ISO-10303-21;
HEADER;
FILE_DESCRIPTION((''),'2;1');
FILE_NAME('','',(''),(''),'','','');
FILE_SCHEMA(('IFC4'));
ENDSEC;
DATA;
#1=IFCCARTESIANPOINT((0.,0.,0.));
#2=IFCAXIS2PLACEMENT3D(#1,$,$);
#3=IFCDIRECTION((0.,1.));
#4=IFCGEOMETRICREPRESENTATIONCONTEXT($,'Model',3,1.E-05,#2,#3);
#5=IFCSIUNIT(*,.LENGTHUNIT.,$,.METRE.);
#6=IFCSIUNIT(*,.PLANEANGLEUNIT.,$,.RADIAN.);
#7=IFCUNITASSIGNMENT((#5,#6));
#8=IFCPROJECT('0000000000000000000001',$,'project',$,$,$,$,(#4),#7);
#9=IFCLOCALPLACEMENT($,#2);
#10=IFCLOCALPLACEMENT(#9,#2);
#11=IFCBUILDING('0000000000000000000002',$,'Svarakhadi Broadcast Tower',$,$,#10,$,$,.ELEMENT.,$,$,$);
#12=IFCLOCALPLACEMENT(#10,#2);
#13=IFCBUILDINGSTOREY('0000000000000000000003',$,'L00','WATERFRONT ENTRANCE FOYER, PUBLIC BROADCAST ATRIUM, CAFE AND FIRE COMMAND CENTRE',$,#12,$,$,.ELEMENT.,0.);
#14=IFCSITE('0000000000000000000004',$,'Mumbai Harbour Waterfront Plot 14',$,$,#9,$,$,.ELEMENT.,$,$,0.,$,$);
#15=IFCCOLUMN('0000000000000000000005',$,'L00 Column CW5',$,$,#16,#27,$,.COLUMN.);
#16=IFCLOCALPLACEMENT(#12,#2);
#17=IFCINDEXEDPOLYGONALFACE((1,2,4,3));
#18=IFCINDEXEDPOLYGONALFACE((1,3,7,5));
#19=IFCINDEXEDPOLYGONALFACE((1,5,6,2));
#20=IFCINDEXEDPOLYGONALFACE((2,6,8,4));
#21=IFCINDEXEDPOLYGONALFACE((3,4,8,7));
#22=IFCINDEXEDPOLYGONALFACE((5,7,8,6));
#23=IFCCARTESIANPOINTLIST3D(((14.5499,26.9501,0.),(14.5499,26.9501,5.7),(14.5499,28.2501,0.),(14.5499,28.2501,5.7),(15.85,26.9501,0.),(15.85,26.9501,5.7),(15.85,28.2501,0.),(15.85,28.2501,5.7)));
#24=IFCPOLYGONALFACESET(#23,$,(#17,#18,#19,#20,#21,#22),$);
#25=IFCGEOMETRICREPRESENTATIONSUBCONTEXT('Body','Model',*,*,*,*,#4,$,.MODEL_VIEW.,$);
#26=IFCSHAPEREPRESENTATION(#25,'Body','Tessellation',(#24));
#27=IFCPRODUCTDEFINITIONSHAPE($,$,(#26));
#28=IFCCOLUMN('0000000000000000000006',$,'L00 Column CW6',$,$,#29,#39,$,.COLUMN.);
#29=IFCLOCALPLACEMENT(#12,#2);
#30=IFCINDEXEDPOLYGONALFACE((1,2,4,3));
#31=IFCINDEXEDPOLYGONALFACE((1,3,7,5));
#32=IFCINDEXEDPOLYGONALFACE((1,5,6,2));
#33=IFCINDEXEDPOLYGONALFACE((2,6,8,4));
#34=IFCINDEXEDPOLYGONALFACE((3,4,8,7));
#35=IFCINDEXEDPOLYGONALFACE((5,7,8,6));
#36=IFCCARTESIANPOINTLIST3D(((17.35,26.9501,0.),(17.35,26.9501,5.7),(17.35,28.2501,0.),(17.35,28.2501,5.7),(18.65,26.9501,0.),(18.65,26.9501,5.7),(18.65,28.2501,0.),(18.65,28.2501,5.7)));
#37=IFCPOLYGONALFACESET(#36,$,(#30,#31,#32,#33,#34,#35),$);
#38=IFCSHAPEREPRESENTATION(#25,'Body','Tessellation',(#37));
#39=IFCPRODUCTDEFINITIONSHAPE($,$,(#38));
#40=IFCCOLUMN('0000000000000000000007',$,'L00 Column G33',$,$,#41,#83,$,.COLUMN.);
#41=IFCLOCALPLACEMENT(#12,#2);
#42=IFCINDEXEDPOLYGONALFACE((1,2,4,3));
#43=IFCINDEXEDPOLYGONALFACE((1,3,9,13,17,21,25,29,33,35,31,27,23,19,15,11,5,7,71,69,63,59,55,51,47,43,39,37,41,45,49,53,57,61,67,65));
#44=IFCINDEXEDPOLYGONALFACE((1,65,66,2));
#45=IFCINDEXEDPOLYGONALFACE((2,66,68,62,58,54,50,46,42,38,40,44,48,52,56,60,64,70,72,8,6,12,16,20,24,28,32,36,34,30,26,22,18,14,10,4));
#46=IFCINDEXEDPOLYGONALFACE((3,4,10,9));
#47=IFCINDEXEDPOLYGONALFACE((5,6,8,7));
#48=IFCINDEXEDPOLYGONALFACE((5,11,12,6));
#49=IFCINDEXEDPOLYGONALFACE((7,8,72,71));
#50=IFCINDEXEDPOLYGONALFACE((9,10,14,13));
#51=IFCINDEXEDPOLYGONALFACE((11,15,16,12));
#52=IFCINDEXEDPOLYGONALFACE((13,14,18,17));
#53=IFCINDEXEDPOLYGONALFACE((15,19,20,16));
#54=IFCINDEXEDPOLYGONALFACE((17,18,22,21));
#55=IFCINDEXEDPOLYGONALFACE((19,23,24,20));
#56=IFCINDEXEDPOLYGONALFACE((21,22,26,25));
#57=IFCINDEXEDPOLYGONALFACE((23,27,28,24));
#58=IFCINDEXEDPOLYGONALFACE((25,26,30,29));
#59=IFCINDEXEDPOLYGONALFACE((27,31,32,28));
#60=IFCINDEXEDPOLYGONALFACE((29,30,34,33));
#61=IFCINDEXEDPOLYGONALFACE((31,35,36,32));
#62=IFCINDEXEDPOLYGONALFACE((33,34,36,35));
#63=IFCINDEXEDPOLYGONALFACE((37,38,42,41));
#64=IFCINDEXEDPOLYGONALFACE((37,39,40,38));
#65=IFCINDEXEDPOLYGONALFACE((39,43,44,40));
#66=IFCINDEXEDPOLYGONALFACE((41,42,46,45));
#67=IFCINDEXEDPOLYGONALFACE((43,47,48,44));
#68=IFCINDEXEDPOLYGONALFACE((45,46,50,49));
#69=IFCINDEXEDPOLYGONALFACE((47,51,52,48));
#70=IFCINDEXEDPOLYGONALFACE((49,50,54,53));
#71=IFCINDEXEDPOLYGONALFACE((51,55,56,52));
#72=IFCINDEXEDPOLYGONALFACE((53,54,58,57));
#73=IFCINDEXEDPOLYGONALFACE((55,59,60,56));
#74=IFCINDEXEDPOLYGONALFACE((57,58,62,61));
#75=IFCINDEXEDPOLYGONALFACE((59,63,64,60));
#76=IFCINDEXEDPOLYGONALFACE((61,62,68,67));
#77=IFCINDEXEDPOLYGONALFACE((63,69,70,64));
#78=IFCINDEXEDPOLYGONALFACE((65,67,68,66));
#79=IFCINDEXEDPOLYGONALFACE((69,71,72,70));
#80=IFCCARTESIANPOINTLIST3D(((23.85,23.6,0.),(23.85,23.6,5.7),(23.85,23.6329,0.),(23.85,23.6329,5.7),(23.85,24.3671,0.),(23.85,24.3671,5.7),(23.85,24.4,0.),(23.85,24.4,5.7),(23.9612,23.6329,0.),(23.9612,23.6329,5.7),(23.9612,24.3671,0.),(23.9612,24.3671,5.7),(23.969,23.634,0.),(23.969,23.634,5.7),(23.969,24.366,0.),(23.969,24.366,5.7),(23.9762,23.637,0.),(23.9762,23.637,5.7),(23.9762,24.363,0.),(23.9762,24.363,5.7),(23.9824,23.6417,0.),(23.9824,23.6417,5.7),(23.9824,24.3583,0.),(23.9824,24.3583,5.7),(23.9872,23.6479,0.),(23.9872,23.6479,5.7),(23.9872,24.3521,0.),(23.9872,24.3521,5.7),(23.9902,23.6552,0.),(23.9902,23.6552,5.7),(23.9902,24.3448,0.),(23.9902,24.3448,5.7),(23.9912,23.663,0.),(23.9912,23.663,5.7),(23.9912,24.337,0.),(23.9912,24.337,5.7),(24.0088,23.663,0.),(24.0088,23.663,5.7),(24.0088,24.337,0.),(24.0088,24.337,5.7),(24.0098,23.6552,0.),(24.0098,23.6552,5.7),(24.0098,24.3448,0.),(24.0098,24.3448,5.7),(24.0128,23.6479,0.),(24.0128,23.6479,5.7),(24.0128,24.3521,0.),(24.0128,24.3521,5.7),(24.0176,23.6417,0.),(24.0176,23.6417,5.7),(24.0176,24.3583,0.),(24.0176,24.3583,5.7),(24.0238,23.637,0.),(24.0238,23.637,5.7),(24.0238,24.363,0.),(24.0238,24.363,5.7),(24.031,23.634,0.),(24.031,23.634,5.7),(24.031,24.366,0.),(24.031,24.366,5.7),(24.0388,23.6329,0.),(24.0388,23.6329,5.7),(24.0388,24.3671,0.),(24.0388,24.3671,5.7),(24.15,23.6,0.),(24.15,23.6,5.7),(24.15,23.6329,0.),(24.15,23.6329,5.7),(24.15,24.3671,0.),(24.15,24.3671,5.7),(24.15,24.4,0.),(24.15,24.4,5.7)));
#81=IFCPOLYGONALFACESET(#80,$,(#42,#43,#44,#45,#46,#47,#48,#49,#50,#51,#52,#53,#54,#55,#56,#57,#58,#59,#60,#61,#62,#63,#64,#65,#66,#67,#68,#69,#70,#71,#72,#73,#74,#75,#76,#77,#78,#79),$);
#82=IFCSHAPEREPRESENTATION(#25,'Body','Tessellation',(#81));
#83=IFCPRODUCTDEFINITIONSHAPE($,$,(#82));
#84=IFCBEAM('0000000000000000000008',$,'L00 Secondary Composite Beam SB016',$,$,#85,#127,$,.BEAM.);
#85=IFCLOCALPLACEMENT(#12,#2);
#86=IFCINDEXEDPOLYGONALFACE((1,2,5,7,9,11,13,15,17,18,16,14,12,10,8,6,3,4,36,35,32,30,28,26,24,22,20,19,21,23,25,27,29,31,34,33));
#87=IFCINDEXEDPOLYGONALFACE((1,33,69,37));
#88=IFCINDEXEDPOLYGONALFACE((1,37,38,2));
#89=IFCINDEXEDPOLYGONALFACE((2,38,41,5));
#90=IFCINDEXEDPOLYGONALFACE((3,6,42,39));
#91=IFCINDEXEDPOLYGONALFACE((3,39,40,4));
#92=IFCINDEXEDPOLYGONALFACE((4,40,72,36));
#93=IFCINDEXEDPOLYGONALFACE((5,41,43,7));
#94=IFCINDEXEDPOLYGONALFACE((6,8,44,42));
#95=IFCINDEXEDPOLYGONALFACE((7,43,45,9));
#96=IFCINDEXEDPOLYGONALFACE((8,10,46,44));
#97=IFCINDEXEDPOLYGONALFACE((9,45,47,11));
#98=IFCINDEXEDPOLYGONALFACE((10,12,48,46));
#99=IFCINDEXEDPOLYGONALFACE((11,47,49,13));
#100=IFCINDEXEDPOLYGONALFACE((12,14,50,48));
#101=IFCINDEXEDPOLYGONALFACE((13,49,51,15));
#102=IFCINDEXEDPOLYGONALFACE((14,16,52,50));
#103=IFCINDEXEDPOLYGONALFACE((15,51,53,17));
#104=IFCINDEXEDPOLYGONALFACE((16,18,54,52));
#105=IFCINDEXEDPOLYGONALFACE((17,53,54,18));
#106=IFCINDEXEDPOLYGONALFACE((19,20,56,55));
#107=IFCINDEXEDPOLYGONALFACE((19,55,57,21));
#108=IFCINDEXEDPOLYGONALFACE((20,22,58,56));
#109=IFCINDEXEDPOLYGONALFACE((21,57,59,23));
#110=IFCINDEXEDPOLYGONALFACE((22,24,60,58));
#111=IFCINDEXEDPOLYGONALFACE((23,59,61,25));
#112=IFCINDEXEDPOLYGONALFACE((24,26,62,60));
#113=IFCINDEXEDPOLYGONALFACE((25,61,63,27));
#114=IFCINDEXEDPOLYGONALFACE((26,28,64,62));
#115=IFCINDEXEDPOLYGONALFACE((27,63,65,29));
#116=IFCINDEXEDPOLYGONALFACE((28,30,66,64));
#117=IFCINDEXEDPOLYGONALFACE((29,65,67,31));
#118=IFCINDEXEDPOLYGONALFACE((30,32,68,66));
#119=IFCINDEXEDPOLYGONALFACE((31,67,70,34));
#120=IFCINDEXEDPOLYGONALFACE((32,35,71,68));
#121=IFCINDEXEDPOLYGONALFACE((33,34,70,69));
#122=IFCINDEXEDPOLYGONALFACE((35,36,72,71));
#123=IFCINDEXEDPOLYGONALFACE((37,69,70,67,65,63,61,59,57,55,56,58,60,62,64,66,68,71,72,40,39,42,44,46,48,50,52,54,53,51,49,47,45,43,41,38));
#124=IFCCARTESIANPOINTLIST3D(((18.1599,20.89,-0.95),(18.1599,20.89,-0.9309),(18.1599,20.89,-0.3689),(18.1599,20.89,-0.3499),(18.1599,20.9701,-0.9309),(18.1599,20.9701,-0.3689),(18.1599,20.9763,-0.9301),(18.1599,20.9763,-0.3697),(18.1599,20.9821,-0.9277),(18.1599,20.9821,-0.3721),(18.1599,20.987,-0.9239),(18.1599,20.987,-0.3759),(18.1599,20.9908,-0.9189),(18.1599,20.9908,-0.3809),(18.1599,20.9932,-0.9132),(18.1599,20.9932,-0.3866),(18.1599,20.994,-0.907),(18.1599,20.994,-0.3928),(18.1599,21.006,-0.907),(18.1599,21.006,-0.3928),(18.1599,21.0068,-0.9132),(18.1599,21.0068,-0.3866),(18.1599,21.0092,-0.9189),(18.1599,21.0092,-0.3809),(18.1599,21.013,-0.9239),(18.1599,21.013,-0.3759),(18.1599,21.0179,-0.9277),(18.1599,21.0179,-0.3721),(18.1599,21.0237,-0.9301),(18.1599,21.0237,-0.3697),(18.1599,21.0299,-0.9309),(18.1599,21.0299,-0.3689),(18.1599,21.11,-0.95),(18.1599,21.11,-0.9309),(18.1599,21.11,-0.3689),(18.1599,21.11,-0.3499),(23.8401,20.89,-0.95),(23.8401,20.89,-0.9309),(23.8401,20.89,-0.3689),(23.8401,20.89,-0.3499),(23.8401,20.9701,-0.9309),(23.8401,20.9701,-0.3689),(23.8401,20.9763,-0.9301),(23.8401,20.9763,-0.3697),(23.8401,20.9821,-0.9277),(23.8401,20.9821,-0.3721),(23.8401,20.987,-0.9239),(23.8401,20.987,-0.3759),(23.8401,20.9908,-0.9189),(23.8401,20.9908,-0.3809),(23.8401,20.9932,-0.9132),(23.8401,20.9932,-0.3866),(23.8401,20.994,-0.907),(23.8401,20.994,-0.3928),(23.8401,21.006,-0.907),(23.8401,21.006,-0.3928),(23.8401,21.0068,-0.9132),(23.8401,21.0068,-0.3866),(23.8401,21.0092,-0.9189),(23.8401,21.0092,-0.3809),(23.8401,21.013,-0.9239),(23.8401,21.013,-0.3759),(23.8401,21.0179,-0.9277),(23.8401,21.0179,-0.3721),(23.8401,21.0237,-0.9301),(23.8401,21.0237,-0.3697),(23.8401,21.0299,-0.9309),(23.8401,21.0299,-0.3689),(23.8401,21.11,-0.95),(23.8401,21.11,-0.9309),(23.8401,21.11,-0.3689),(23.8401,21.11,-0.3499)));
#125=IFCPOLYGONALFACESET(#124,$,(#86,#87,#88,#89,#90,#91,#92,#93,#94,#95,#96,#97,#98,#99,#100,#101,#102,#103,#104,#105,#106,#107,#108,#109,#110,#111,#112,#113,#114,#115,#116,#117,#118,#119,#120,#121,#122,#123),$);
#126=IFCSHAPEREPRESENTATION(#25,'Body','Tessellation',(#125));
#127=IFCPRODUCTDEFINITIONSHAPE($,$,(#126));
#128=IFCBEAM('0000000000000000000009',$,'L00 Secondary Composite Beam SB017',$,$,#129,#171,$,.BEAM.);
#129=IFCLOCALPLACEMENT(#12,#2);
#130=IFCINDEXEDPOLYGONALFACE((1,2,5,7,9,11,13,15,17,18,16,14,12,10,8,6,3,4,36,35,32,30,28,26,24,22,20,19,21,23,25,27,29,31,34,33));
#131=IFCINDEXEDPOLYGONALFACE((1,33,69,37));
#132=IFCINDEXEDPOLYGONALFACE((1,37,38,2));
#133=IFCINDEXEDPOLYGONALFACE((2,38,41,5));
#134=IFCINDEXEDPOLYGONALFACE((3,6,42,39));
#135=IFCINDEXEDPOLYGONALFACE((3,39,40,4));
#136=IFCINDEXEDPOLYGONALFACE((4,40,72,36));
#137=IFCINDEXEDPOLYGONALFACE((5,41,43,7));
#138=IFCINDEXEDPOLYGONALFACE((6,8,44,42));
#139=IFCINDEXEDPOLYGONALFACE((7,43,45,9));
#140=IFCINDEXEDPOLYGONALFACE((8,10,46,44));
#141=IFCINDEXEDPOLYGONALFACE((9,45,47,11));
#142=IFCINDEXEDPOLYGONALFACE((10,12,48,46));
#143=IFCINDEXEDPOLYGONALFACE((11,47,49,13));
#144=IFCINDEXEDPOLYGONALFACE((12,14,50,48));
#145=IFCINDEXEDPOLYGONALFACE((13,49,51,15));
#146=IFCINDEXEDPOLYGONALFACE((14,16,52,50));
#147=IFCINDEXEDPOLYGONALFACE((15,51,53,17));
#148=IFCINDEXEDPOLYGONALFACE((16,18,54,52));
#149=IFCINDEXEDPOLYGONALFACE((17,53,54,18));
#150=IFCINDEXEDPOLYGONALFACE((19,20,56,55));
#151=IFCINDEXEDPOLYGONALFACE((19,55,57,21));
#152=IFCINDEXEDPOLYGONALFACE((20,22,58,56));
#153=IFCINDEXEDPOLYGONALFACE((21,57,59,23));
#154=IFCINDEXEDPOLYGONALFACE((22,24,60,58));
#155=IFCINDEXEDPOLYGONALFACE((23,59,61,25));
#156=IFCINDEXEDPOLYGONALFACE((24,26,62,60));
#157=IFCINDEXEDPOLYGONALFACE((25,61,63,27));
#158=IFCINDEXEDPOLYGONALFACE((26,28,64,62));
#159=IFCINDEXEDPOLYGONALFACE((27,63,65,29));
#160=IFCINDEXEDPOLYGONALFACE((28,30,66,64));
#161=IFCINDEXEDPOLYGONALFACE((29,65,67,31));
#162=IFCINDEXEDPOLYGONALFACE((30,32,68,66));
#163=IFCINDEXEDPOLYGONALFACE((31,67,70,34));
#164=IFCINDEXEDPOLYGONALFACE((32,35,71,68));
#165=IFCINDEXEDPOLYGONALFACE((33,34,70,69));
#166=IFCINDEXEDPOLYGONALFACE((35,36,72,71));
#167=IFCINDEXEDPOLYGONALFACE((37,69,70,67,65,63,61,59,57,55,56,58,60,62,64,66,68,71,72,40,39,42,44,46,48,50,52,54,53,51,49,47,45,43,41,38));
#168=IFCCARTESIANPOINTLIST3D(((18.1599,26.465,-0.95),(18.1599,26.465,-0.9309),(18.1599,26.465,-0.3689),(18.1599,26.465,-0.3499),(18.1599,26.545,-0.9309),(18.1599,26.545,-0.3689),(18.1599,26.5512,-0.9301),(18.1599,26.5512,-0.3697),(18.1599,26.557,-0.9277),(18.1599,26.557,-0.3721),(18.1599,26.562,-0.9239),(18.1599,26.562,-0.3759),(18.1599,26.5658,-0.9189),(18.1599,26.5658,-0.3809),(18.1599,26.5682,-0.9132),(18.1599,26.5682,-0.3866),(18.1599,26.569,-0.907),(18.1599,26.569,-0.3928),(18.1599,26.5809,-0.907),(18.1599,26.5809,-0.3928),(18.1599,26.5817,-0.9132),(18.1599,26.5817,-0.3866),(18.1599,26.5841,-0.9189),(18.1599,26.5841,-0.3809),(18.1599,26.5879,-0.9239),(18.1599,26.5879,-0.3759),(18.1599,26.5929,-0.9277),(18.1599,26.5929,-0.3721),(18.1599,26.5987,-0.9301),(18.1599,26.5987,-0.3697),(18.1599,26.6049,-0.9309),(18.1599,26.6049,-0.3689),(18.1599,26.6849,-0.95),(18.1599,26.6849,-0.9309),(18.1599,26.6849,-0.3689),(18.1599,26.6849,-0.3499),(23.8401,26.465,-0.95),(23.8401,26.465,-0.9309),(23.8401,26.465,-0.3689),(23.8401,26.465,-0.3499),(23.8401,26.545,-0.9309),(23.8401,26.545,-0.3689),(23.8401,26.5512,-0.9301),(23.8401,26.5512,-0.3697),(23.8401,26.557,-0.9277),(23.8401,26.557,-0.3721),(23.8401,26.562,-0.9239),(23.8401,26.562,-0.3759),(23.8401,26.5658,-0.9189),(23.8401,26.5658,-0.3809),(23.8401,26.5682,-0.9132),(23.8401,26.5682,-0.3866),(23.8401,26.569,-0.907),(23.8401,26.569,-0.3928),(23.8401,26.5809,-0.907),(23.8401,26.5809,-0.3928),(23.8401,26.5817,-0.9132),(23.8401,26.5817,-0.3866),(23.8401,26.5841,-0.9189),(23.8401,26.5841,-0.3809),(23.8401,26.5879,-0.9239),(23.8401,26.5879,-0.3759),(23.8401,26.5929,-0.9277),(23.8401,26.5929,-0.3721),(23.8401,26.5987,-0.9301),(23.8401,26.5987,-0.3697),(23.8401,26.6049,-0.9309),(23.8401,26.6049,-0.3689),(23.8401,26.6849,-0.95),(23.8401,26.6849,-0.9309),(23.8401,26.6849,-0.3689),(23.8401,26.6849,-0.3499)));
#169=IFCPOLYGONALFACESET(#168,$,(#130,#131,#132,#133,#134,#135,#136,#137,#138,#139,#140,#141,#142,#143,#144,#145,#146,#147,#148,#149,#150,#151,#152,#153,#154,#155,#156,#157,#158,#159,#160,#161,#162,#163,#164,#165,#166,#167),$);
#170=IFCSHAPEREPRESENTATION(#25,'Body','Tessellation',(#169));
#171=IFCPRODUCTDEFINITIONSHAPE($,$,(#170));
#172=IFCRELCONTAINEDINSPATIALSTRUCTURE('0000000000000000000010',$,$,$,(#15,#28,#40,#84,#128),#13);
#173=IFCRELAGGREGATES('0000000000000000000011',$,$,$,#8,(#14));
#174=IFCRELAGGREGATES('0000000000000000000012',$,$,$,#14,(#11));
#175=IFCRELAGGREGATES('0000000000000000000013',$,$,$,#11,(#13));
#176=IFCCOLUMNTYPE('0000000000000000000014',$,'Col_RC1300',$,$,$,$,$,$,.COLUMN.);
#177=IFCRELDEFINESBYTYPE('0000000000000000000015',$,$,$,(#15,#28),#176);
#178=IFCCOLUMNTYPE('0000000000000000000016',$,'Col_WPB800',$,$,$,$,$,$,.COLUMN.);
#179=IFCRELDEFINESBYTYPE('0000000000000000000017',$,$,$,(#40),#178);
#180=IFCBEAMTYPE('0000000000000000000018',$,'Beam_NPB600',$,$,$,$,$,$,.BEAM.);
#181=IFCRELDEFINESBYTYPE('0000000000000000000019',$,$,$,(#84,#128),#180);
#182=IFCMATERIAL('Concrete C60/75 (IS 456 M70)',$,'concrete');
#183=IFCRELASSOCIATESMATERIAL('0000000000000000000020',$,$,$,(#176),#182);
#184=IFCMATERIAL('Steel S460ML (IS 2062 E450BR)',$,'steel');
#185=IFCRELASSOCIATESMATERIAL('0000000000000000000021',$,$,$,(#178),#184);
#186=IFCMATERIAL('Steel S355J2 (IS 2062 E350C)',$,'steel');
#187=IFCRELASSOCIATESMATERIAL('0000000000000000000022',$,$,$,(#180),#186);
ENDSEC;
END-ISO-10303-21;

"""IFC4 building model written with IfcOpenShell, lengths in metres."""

from ifc_helpers import new_model, si_unit, direction, frame, origin, origin_2d, place, context, subcontext, project, spatial, rectangle, i_section, extrude, material, material_profile, profile_set, type_object, element, save


model = new_model("IFC4")

# Units and contexts
model_context = context("Model", 3, precision=1e-05, world=origin(), true_north=direction((0.0, 1.0)))
body_context = subcontext(model_context, "Body", "Model", "MODEL_VIEW")
ifc_project = project(units=[si_unit("LENGTHUNIT", "METRE"), si_unit("PLANEANGLEUNIT", "RADIAN")], contexts=[model_context])

# Site, building, storey
site_placement = place(None, origin())
site = spatial("IfcSite", under=ifc_project, at=site_placement, Name="Mumbai Harbour Waterfront Plot 14", CompositionType="ELEMENT", RefElevation=0.0)
building_placement = place(site_placement, origin())
building = spatial("IfcBuilding", under=site, at=building_placement, Name="Svarakhadi Broadcast Tower", CompositionType="ELEMENT")
storey_placement = place(building_placement, origin())
storey = spatial("IfcBuildingStorey", under=building, at=storey_placement, Name="L00", Description="WATERFRONT ENTRANCE FOYER, PUBLIC BROADCAST ATRIUM, CAFE AND FIRE COMMAND CENTRE", CompositionType="ELEMENT", Elevation=0.0)

# Columns
ifc_material_1 = material(Name="Concrete C60/75 (IS 456 M70)", Category="concrete")
ifc_material_profile_1 = material_profile(ifc_material_1, rectangle(XDim=1.3, YDim=1.3, at=origin_2d()), Name="RC 1300x1300")
ifc_profile_set_1 = profile_set([ifc_material_profile_1], Name="Concrete C60/75 (IS 456 M70)")
column_type_1 = type_object("IfcColumnType", Name="Col_RC1300", PredefinedType="COLUMN", material=ifc_profile_set_1)
for number, where, z_axis, x_axis, name in (
    (1, (15.2, 27.6001, 0.0), (0.0, 0.0, 1.0), (1.0, 0.0, 0.0), "L00 Column CW5"),
    (2, (18.0, 27.6001, 0.0), (0.0, 0.0, 1.0), (1.0, 0.0, 0.0), "L00 Column CW6"),
):
    element("IfcColumn", number, at=place(storey_placement, frame(where, z_axis=z_axis, x_axis=x_axis)), inside=storey, type_object=column_type_1, Name=name, PredefinedType="COLUMN", context=body_context, shape_type="SweptSolid", body=[
        extrude(rectangle(XDim=1.3, YDim=1.3, at=origin_2d()), origin(), (0.0, 0.0, 1.0), 5.7),
    ])
ifc_material_2 = material(Name="Steel S460ML (IS 2062 E450BR)", Category="steel")
ifc_material_profile_2 = material_profile(ifc_material_2, i_section(OverallWidth=0.3, OverallDepth=0.8, WebThickness=0.0176, FlangeThickness=0.033, FilletRadius=0.03, at=origin_2d()), Name="WPB 800x300x262")
ifc_profile_set_2 = profile_set([ifc_material_profile_2], Name="Steel S460ML (IS 2062 E450BR)")
column_type_2 = type_object("IfcColumnType", Name="Col_WPB800", PredefinedType="COLUMN", material=ifc_profile_set_2)
column_placement = place(storey_placement, frame((24.0, 24.0, 0.0), z_axis=(0.0, 0.0, 1.0), x_axis=(1.0, 0.0, 0.0)))
element("IfcColumn", 3, at=column_placement, inside=storey, type_object=column_type_2, Name="L00 Column G33", PredefinedType="COLUMN", context=body_context, shape_type="SweptSolid", body=[
    extrude(i_section(OverallWidth=0.3, OverallDepth=0.8, WebThickness=0.0176, FlangeThickness=0.033, FilletRadius=0.03, at=origin_2d()), origin(), (0.0, 0.0, 1.0), 5.7),
])

# Beams
ifc_material_3 = material(Name="Steel S355J2 (IS 2062 E350C)", Category="steel")
ifc_material_profile_3 = material_profile(ifc_material_3, i_section(OverallWidth=0.22, OverallDepth=0.6001, WebThickness=0.012, FlangeThickness=0.019, FilletRadius=0.0239, at=origin_2d()), Name="NPB 600x220x122")
ifc_profile_set_3 = profile_set([ifc_material_profile_3], Name="Steel S355J2 (IS 2062 E350C)")
beam_type_1 = type_object("IfcBeamType", Name="Beam_NPB600", PredefinedType="BEAM", material=ifc_profile_set_3)
for number, where, z_axis, x_axis, name in (
    (4, (18.1599, 21.0, -0.6499), (1.0, 0.0, 0.0), (0.0, 1.0, 0.0), "L00 Secondary Composite Beam SB016"),
    (5, (18.1599, 26.575, -0.6499), (1.0, 0.0, 0.0), (0.0, 1.0, 0.0), "L00 Secondary Composite Beam SB017"),
):
    element("IfcBeam", number, at=place(storey_placement, frame(where, z_axis=z_axis, x_axis=x_axis)), inside=storey, type_object=beam_type_1, Name=name, PredefinedType="BEAM", context=body_context, shape_type="SweptSolid", body=[
        extrude(i_section(OverallWidth=0.22, OverallDepth=0.6001, WebThickness=0.012, FlangeThickness=0.019, FilletRadius=0.0239, at=origin_2d()), origin(), (0.0, 0.0, 1.0), 5.6802),
    ])

save(model, "model.ifc")
